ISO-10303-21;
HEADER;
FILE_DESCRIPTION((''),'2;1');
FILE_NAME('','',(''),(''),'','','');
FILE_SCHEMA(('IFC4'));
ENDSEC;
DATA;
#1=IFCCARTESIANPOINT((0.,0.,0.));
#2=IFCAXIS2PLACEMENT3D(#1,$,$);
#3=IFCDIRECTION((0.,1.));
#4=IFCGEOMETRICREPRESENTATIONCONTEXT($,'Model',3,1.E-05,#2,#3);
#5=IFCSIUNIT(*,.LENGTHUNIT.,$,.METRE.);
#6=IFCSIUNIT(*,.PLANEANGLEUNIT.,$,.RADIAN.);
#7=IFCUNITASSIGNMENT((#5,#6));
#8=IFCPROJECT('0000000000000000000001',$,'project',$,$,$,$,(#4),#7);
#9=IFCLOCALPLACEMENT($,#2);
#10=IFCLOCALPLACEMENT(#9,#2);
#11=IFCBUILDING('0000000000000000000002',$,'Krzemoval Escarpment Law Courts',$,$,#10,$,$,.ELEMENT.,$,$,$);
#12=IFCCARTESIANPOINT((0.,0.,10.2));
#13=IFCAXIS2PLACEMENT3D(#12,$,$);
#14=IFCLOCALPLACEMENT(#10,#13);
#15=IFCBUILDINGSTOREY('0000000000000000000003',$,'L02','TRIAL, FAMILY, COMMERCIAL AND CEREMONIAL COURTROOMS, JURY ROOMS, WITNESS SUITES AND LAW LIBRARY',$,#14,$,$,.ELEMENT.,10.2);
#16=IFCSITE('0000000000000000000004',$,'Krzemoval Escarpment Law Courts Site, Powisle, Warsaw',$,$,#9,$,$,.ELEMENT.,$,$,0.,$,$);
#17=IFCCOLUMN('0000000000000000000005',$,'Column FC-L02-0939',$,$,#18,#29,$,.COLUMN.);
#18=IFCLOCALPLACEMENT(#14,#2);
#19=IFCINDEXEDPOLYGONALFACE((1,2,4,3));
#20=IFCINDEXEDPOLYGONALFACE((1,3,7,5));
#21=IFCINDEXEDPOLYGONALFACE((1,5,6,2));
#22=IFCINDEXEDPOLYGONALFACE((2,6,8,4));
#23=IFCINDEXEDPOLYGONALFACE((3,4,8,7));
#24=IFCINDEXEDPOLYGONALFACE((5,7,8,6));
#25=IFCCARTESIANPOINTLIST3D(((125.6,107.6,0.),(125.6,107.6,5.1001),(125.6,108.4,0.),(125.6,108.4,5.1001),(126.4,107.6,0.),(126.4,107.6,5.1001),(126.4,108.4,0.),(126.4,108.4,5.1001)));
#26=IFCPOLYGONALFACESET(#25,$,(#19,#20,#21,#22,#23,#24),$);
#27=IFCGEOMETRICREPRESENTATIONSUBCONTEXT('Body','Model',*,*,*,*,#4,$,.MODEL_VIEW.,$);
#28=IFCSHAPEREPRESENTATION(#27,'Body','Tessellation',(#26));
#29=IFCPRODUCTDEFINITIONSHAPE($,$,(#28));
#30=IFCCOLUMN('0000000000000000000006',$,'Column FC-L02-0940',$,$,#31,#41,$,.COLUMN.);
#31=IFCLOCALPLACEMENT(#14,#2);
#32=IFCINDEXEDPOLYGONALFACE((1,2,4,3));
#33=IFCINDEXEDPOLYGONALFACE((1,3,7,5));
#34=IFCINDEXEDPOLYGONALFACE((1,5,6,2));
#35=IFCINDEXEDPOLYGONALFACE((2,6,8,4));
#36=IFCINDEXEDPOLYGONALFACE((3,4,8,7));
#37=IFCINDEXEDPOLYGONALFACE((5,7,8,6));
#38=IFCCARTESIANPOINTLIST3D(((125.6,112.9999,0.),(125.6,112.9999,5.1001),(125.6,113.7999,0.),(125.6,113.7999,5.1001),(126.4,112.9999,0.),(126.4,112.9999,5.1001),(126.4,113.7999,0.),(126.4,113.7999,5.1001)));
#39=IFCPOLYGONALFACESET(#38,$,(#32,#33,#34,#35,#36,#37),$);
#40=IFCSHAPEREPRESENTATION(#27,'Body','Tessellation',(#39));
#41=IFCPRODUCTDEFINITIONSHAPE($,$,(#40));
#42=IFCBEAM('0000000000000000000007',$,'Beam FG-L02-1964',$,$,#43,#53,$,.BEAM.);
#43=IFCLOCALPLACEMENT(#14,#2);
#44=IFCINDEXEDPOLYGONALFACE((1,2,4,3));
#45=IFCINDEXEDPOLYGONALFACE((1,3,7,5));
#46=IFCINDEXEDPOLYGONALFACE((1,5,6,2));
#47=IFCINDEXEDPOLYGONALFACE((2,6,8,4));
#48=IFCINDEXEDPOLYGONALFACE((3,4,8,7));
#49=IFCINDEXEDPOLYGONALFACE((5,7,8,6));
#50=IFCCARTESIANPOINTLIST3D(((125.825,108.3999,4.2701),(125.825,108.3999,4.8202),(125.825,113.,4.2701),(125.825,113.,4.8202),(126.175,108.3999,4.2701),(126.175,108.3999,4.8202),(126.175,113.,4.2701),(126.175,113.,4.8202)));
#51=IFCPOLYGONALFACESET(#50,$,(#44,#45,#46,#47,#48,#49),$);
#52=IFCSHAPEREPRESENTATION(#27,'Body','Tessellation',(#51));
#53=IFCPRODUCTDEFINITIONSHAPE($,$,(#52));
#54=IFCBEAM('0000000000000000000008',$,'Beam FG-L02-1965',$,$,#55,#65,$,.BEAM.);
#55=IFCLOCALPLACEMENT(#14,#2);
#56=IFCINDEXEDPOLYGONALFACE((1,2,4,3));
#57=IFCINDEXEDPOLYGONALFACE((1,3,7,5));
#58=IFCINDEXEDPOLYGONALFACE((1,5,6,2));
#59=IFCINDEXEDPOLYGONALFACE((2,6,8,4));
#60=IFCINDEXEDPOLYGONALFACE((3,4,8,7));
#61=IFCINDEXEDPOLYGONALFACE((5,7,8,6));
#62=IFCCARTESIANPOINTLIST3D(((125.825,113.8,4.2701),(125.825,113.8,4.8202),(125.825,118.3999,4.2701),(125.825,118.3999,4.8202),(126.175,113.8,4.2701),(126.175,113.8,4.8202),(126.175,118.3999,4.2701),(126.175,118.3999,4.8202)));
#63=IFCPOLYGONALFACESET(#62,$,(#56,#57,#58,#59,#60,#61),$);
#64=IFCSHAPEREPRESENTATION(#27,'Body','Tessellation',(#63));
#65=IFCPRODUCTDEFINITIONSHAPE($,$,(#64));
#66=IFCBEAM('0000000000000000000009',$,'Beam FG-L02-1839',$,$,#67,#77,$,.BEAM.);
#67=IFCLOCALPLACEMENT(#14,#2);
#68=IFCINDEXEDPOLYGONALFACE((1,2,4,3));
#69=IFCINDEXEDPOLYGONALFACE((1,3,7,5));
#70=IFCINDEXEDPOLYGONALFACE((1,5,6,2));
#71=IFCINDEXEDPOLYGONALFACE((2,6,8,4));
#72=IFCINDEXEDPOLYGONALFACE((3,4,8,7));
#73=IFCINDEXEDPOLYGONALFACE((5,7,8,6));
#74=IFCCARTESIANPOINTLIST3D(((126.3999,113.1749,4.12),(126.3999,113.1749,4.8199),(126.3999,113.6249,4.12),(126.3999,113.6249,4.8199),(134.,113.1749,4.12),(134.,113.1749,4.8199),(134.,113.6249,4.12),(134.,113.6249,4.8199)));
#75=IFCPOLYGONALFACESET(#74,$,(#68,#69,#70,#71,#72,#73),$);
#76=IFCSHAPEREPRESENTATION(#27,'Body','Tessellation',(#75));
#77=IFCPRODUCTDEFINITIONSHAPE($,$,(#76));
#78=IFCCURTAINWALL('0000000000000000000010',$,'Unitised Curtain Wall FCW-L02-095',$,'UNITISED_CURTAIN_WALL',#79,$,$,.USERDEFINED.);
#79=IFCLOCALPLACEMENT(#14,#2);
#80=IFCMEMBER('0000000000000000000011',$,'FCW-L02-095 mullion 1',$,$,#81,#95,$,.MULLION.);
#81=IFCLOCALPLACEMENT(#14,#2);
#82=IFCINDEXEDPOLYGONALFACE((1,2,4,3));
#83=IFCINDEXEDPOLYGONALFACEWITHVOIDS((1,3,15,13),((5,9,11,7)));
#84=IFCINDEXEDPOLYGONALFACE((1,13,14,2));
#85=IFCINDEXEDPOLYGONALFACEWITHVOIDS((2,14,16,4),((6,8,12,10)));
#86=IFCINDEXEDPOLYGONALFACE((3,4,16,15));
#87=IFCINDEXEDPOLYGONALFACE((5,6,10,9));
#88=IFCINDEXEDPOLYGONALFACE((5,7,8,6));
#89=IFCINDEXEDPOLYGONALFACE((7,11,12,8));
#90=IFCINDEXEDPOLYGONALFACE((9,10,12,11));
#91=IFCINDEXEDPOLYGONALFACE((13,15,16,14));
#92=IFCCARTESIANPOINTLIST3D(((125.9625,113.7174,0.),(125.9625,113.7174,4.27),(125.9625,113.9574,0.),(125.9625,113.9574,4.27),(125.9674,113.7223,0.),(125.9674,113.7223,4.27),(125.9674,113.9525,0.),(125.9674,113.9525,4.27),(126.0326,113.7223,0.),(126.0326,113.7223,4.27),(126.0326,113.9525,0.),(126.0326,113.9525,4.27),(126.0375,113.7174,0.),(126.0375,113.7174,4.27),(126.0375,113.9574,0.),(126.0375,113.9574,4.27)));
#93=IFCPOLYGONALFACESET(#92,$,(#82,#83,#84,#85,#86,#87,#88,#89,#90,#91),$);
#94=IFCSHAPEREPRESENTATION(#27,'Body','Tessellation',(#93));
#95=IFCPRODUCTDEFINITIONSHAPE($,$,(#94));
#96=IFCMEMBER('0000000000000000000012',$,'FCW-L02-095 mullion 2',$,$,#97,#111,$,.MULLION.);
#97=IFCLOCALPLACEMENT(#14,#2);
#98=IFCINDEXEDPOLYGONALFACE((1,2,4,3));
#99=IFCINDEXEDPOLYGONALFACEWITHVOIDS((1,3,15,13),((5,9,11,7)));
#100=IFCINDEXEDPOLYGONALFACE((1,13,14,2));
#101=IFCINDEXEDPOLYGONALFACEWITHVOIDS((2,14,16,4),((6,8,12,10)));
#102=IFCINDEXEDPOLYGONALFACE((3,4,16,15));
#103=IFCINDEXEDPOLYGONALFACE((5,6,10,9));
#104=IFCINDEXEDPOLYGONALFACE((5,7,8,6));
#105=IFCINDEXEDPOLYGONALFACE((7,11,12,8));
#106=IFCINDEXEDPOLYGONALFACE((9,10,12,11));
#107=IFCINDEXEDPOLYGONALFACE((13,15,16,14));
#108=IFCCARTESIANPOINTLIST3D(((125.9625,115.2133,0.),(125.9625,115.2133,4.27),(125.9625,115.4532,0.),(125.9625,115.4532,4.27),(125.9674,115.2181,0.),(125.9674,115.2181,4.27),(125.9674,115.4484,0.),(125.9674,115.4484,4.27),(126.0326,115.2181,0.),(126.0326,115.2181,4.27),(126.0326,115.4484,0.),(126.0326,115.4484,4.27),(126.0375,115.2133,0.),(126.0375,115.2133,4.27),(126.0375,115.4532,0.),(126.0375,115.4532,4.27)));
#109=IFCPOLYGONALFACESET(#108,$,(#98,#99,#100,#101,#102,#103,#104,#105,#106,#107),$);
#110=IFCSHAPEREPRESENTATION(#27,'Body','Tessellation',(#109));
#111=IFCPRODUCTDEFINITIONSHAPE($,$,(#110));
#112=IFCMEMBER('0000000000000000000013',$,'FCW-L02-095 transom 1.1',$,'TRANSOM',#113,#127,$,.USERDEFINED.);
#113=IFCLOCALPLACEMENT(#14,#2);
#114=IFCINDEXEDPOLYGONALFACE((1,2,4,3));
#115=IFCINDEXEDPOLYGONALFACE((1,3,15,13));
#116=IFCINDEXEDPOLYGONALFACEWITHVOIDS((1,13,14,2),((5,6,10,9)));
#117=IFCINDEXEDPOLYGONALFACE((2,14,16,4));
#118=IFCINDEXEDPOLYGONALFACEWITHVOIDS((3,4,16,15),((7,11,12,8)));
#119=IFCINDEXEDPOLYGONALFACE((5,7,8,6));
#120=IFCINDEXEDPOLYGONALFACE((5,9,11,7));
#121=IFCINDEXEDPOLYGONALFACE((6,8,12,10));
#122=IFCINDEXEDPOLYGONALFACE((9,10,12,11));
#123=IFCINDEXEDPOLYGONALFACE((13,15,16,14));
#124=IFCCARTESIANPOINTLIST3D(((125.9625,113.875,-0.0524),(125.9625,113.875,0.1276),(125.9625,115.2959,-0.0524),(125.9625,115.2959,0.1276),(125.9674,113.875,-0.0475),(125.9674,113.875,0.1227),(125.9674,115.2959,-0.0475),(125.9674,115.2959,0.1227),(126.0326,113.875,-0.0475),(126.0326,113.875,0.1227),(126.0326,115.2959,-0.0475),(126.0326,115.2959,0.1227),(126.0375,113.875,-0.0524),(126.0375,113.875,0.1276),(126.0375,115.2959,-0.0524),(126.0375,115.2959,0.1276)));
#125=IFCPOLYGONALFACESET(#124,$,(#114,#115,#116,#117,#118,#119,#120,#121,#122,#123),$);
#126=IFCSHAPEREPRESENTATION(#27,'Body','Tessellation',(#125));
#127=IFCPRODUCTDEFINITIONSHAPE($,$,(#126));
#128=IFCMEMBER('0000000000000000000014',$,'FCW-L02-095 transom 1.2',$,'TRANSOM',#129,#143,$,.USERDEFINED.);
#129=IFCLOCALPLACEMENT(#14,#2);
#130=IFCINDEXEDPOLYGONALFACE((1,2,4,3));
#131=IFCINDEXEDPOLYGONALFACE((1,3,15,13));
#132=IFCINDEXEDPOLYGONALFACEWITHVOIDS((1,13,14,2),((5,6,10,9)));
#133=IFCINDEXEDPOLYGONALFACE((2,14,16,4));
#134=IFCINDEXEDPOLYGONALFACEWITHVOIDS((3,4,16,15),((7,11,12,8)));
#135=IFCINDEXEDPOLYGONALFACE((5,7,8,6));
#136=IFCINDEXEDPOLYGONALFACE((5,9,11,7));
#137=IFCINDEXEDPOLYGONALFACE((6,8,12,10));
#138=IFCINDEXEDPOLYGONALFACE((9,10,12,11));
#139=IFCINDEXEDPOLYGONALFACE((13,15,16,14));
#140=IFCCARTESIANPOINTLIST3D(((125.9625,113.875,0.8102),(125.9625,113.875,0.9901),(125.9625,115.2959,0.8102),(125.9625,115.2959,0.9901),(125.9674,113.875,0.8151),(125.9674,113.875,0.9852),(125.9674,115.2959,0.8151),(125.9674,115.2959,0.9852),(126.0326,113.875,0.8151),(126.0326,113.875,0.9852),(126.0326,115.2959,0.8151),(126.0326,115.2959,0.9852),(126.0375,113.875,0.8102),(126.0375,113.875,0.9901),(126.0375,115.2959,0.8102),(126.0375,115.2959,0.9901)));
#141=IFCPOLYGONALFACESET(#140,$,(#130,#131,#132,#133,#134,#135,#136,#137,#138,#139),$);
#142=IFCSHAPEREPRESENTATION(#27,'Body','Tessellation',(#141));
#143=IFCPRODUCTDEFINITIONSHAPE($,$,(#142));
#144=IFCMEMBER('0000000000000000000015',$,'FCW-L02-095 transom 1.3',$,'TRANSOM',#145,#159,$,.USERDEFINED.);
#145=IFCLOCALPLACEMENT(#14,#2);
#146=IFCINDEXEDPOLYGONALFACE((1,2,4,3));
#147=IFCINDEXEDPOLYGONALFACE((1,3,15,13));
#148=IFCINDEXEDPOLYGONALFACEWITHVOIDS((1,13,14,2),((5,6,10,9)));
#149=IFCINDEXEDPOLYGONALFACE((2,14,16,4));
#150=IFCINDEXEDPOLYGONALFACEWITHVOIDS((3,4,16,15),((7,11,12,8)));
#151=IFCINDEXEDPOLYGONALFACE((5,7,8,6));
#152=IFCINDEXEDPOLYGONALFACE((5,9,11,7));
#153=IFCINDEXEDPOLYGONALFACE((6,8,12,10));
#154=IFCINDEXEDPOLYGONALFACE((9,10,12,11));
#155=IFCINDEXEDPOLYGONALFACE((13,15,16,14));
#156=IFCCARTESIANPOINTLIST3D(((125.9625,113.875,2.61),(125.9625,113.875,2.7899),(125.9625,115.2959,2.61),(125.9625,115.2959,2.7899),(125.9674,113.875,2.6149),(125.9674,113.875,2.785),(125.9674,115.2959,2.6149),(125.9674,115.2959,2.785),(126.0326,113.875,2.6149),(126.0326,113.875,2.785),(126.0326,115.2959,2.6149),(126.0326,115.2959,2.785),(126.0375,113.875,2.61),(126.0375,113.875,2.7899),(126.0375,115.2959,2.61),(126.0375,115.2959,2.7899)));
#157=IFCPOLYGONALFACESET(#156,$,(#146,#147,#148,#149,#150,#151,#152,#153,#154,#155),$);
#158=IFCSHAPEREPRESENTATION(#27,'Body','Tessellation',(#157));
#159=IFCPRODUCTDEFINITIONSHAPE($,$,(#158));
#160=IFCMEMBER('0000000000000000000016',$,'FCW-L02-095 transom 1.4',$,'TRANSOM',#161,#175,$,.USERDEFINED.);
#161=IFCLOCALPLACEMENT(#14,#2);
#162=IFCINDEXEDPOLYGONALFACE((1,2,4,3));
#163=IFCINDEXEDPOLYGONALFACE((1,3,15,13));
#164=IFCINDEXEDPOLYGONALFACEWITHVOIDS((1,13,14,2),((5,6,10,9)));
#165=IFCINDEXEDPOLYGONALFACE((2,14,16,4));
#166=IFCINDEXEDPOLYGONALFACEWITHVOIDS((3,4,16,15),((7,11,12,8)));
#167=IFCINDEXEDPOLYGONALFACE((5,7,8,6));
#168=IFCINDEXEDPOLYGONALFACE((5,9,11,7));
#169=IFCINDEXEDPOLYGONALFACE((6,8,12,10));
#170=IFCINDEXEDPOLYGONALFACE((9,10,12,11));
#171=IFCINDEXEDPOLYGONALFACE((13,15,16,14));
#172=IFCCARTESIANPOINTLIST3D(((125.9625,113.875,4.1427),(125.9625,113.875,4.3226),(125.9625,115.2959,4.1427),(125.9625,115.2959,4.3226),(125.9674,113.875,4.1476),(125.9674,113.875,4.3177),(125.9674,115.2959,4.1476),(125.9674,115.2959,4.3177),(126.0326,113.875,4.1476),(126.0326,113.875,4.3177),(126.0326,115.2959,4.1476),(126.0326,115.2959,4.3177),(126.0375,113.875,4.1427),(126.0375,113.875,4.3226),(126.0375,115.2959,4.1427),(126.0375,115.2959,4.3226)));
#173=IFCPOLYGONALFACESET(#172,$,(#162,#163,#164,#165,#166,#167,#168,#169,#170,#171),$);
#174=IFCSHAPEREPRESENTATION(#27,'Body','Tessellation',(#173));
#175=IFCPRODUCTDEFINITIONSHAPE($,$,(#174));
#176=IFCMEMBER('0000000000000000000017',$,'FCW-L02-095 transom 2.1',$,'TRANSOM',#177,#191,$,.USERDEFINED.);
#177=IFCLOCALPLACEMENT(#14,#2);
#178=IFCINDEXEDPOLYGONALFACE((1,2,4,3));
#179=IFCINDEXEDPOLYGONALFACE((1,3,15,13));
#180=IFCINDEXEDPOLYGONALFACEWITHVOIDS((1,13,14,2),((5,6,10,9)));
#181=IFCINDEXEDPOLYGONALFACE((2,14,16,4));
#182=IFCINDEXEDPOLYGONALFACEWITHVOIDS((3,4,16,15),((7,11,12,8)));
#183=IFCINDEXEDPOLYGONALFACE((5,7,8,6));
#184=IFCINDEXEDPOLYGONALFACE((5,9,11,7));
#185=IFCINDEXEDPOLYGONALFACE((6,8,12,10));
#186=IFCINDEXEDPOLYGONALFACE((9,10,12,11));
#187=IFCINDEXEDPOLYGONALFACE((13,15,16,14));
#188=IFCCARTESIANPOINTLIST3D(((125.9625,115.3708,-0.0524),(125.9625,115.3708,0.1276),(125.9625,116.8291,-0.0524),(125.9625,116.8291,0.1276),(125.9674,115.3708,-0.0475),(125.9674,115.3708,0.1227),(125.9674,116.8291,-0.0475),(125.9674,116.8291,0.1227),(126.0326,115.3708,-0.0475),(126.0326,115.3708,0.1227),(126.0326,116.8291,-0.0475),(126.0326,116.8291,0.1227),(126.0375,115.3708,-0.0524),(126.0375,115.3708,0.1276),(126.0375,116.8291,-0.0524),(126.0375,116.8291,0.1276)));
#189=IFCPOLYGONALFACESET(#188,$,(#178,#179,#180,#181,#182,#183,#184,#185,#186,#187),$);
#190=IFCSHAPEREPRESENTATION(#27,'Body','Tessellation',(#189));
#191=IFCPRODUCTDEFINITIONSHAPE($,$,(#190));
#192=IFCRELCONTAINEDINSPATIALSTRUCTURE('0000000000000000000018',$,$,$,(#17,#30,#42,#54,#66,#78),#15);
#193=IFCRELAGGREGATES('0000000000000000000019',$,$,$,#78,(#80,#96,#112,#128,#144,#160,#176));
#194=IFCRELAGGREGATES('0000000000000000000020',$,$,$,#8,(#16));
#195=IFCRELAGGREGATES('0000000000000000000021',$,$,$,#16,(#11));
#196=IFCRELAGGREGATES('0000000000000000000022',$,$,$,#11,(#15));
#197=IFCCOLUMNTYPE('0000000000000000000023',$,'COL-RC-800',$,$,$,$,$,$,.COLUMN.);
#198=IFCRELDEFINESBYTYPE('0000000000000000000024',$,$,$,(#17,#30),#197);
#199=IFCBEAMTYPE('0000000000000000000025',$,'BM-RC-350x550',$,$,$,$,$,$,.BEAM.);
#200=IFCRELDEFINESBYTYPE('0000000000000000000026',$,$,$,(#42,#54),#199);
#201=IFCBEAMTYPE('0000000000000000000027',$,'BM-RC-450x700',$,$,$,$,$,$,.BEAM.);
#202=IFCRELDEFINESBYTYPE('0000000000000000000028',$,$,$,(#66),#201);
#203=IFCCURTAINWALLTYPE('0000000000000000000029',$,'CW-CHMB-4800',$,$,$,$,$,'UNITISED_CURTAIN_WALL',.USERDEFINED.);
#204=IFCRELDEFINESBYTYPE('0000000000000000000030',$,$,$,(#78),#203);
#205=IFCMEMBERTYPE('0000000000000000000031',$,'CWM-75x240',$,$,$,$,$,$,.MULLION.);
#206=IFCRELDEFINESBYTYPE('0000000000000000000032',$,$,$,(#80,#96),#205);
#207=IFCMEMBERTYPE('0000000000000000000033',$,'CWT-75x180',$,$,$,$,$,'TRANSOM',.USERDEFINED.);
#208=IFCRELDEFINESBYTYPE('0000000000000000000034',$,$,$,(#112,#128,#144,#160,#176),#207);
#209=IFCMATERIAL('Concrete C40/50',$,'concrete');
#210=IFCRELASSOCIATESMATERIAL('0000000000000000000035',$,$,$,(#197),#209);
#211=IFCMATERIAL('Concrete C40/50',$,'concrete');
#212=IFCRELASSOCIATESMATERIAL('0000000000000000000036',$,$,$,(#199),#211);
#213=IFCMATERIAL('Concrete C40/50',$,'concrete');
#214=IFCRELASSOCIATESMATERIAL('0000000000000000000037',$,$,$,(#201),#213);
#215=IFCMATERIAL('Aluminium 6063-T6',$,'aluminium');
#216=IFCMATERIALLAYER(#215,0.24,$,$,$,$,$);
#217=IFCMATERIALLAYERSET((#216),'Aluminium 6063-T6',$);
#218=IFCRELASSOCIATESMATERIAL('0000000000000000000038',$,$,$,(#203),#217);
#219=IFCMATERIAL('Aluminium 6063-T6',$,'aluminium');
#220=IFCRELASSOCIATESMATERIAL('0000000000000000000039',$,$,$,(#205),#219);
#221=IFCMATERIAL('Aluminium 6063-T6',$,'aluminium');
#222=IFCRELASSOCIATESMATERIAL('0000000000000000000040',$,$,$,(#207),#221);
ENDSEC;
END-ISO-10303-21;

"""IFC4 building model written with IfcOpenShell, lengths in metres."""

from ifc_helpers import new_model, si_unit, direction, frame, origin, origin_2d, place, context, subcontext, project, spatial, rectangle, hollow_rectangle, extrude, material, layer, layer_set, material_profile, profile_set, type_object, element, aggregate, save


model = new_model("IFC4")

# Units and contexts
model_context = context("Model", 3, precision=1e-05, world=origin(), true_north=direction((0.0, 1.0)))
body_context = subcontext(model_context, "Body", "Model", "MODEL_VIEW")
ifc_project = project(units=[si_unit("LENGTHUNIT", "METRE"), si_unit("PLANEANGLEUNIT", "RADIAN")], contexts=[model_context])

# Site, building, storey
site_placement = place(None, origin())
site = spatial("IfcSite", under=ifc_project, at=site_placement, Name="Krzemoval Escarpment Law Courts Site, Powisle, Warsaw", CompositionType="ELEMENT", RefElevation=0.0)
building_placement = place(site_placement, origin())
building = spatial("IfcBuilding", under=site, at=building_placement, Name="Krzemoval Escarpment Law Courts", CompositionType="ELEMENT")
storey_placement = place(building_placement, frame((0.0, 0.0, 10.2)))
storey = spatial("IfcBuildingStorey", under=building, at=storey_placement, Name="L02", Description="TRIAL, FAMILY, COMMERCIAL AND CEREMONIAL COURTROOMS, JURY ROOMS, WITNESS SUITES AND LAW LIBRARY", CompositionType="ELEMENT", Elevation=10.2)

# Columns
ifc_material_1 = material(Name="Concrete C40/50", Category="concrete")
ifc_material_profile_1 = material_profile(ifc_material_1, rectangle(XDim=0.8, YDim=0.8, at=origin_2d()), Name="RC 800x800")
ifc_profile_set_1 = profile_set([ifc_material_profile_1], Name="Concrete C40/50")
column_type = type_object("IfcColumnType", Name="COL-RC-800", PredefinedType="COLUMN", material=ifc_profile_set_1)
for number, where, z_axis, x_axis, name in (
    (1, (126.0, 108.0, 0.0), (0.0, 0.0, 1.0), (1.0, 0.0, 0.0), "Column FC-L02-0939"),
    (2, (126.0, 113.3999, 0.0), (0.0, 0.0, 1.0), (1.0, 0.0, 0.0), "Column FC-L02-0940"),
):
    element("IfcColumn", number, at=place(storey_placement, frame(where, z_axis=z_axis, x_axis=x_axis)), inside=storey, type_object=column_type, Name=name, PredefinedType="COLUMN", context=body_context, shape_type="SweptSolid", body=[
        extrude(rectangle(XDim=0.8, YDim=0.8, at=origin_2d()), origin(), (0.0, 0.0, 1.0), 5.1001),
    ])

# Beams
ifc_material_2 = material(Name="Concrete C40/50", Category="concrete")
ifc_material_profile_2 = material_profile(ifc_material_2, rectangle(XDim=0.3501, YDim=0.55, at=origin_2d()), Name="RCB 350x550")
ifc_profile_set_2 = profile_set([ifc_material_profile_2], Name="Concrete C40/50")
beam_type_1 = type_object("IfcBeamType", Name="BM-RC-350x550", PredefinedType="BEAM", material=ifc_profile_set_2)
beam_1_placement = place(storey_placement, frame((126.0, 108.3999, 4.5452), z_axis=(0.0, 1.0, 0.0), x_axis=(-1.0, 0.0, 0.0)))
element("IfcBeam", 3, at=beam_1_placement, inside=storey, type_object=beam_type_1, Name="Beam FG-L02-1964", PredefinedType="BEAM", context=body_context, shape_type="SweptSolid", body=[
    extrude(rectangle(XDim=0.3501, YDim=0.55, at=origin_2d()), origin(), (0.0, 0.0, 1.0), 4.6001),
])
beam_2_placement = place(storey_placement, frame((126.0, 113.8, 4.5452), z_axis=(0.0, 1.0, 0.0), x_axis=(-1.0, 0.0, 0.0)))
element("IfcBeam", 4, at=beam_2_placement, inside=storey, type_object=beam_type_1, Name="Beam FG-L02-1965", PredefinedType="BEAM", context=body_context, shape_type="SweptSolid", body=[
    extrude(rectangle(XDim=0.3501, YDim=0.55, at=origin_2d()), origin(), (0.0, 0.0, 1.0), 4.5999),
])
ifc_material_3 = material(Name="Concrete C40/50", Category="concrete")
ifc_material_profile_3 = material_profile(ifc_material_3, rectangle(XDim=0.45, YDim=0.7, at=origin_2d()), Name="RCB 450x700")
ifc_profile_set_3 = profile_set([ifc_material_profile_3], Name="Concrete C40/50")
beam_type_2 = type_object("IfcBeamType", Name="BM-RC-450x700", PredefinedType="BEAM", material=ifc_profile_set_3)
beam_3_placement = place(storey_placement, frame((126.3999, 113.3999, 4.47), z_axis=(1.0, 0.0, 0.0), x_axis=(0.0, 1.0, 0.0)))
element("IfcBeam", 5, at=beam_3_placement, inside=storey, type_object=beam_type_2, Name="Beam FG-L02-1839", PredefinedType="BEAM", context=body_context, shape_type="SweptSolid", body=[
    extrude(rectangle(XDim=0.45, YDim=0.7, at=origin_2d()), origin(), (0.0, 0.0, 1.0), 7.6001),
])

# Curtain wall, members
ifc_material_4 = material(Name="Aluminium 6063-T6", Category="aluminium")
ifc_layer_1 = layer(ifc_material_4, 0.24)
ifc_layer_set_1 = layer_set([ifc_layer_1], Name="Aluminium 6063-T6")
curtain_wall_type = type_object("IfcCurtainWallType", Name="CW-CHMB-4800", ElementType="UNITISED_CURTAIN_WALL", PredefinedType="USERDEFINED", material=ifc_layer_set_1)
curtain_wall_placement = place(storey_placement, origin())
curtain_wall = element("IfcCurtainWall", 6, at=curtain_wall_placement, inside=storey, type_object=curtain_wall_type, Name="Unitised Curtain Wall FCW-L02-095", ObjectType="UNITISED_CURTAIN_WALL", PredefinedType="USERDEFINED")
ifc_material_5 = material(Name="Aluminium 6063-T6", Category="aluminium")
ifc_material_profile_4 = material_profile(ifc_material_5, hollow_rectangle(XDim=0.075, YDim=0.24, WallThickness=0.0049, at=origin_2d()), Name="ALU M75x240")
ifc_profile_set_4 = profile_set([ifc_material_profile_4], Name="Aluminium 6063-T6")
member_type_1 = type_object("IfcMemberType", Name="CWM-75x240", PredefinedType="MULLION", material=ifc_profile_set_4)
member_1_placement = place(storey_placement, frame((126.0, 113.8374, 0.0), z_axis=(0.0, 0.0, 1.0), x_axis=(-1.0, 0.0, 0.0)))
member_1 = element("IfcMember", 7, at=member_1_placement, type_object=member_type_1, Name="FCW-L02-095 mullion 1", PredefinedType="MULLION", context=body_context, shape_type="SweptSolid", body=[
    extrude(hollow_rectangle(XDim=0.075, YDim=0.24, WallThickness=0.0049, at=origin_2d()), origin(), (0.0, 0.0, 1.0), 4.27),
])
member_2_placement = place(storey_placement, frame((126.0, 115.3333, 0.0), z_axis=(0.0, 0.0, 1.0), x_axis=(-1.0, 0.0, 0.0)))
member_2 = element("IfcMember", 8, at=member_2_placement, type_object=member_type_1, Name="FCW-L02-095 mullion 2", PredefinedType="MULLION", context=body_context, shape_type="SweptSolid", body=[
    extrude(hollow_rectangle(XDim=0.075, YDim=0.24, WallThickness=0.0049, at=origin_2d()), origin(), (0.0, 0.0, 1.0), 4.27),
])
ifc_material_6 = material(Name="Aluminium 6063-T6", Category="aluminium")
ifc_material_profile_5 = material_profile(ifc_material_6, hollow_rectangle(XDim=0.075, YDim=0.1799, WallThickness=0.0049, at=origin_2d()), Name="ALU T75x180")
ifc_profile_set_5 = profile_set([ifc_material_profile_5], Name="Aluminium 6063-T6")
member_type_2 = type_object("IfcMemberType", Name="CWT-75x180", ElementType="TRANSOM", PredefinedType="USERDEFINED", material=ifc_profile_set_5)
member_3_placement = place(storey_placement, frame((126.0, 113.875, 0.0376), z_axis=(0.0, 1.0, 0.0), x_axis=(-1.0, 0.0, 0.0)))
member_3 = element("IfcMember", 9, at=member_3_placement, type_object=member_type_2, Name="FCW-L02-095 transom 1.1", ObjectType="TRANSOM", PredefinedType="USERDEFINED", context=body_context, shape_type="SweptSolid", body=[
    extrude(hollow_rectangle(XDim=0.075, YDim=0.1799, WallThickness=0.0049, at=origin_2d()), origin(), (0.0, 0.0, 1.0), 1.4209),
])
member_4_placement = place(storey_placement, frame((126.0, 113.875, 0.9001), z_axis=(0.0, 1.0, 0.0), x_axis=(-1.0, 0.0, 0.0)))
member_4 = element("IfcMember", 10, at=member_4_placement, type_object=member_type_2, Name="FCW-L02-095 transom 1.2", ObjectType="TRANSOM", PredefinedType="USERDEFINED", context=body_context, shape_type="SweptSolid", body=[
    extrude(hollow_rectangle(XDim=0.075, YDim=0.1799, WallThickness=0.0049, at=origin_2d()), origin(), (0.0, 0.0, 1.0), 1.4209),
])
member_5_placement = place(storey_placement, frame((126.0, 113.875, 2.7), z_axis=(0.0, 1.0, 0.0), x_axis=(-1.0, 0.0, 0.0)))
member_5 = element("IfcMember", 11, at=member_5_placement, type_object=member_type_2, Name="FCW-L02-095 transom 1.3", ObjectType="TRANSOM", PredefinedType="USERDEFINED", context=body_context, shape_type="SweptSolid", body=[
    extrude(hollow_rectangle(XDim=0.075, YDim=0.1799, WallThickness=0.0049, at=origin_2d()), origin(), (0.0, 0.0, 1.0), 1.4209),
])
member_6_placement = place(storey_placement, frame((126.0, 113.875, 4.2327), z_axis=(0.0, 1.0, 0.0), x_axis=(-1.0, 0.0, 0.0)))
member_6 = element("IfcMember", 12, at=member_6_placement, type_object=member_type_2, Name="FCW-L02-095 transom 1.4", ObjectType="TRANSOM", PredefinedType="USERDEFINED", context=body_context, shape_type="SweptSolid", body=[
    extrude(hollow_rectangle(XDim=0.075, YDim=0.1799, WallThickness=0.0049, at=origin_2d()), origin(), (0.0, 0.0, 1.0), 1.4209),
])
member_7_placement = place(storey_placement, frame((126.0, 115.3708, 0.0376), z_axis=(0.0, 1.0, 0.0), x_axis=(-1.0, 0.0, 0.0)))
member_7 = element("IfcMember", 13, at=member_7_placement, type_object=member_type_2, Name="FCW-L02-095 transom 2.1", ObjectType="TRANSOM", PredefinedType="USERDEFINED", context=body_context, shape_type="SweptSolid", body=[
    extrude(hollow_rectangle(XDim=0.075, YDim=0.1799, WallThickness=0.0049, at=origin_2d()), origin(), (0.0, 0.0, 1.0), 1.4583),
])
aggregate(curtain_wall, [member_1, member_2, member_3, member_4, member_5, member_6, member_7])

save(model, "model.ifc")
